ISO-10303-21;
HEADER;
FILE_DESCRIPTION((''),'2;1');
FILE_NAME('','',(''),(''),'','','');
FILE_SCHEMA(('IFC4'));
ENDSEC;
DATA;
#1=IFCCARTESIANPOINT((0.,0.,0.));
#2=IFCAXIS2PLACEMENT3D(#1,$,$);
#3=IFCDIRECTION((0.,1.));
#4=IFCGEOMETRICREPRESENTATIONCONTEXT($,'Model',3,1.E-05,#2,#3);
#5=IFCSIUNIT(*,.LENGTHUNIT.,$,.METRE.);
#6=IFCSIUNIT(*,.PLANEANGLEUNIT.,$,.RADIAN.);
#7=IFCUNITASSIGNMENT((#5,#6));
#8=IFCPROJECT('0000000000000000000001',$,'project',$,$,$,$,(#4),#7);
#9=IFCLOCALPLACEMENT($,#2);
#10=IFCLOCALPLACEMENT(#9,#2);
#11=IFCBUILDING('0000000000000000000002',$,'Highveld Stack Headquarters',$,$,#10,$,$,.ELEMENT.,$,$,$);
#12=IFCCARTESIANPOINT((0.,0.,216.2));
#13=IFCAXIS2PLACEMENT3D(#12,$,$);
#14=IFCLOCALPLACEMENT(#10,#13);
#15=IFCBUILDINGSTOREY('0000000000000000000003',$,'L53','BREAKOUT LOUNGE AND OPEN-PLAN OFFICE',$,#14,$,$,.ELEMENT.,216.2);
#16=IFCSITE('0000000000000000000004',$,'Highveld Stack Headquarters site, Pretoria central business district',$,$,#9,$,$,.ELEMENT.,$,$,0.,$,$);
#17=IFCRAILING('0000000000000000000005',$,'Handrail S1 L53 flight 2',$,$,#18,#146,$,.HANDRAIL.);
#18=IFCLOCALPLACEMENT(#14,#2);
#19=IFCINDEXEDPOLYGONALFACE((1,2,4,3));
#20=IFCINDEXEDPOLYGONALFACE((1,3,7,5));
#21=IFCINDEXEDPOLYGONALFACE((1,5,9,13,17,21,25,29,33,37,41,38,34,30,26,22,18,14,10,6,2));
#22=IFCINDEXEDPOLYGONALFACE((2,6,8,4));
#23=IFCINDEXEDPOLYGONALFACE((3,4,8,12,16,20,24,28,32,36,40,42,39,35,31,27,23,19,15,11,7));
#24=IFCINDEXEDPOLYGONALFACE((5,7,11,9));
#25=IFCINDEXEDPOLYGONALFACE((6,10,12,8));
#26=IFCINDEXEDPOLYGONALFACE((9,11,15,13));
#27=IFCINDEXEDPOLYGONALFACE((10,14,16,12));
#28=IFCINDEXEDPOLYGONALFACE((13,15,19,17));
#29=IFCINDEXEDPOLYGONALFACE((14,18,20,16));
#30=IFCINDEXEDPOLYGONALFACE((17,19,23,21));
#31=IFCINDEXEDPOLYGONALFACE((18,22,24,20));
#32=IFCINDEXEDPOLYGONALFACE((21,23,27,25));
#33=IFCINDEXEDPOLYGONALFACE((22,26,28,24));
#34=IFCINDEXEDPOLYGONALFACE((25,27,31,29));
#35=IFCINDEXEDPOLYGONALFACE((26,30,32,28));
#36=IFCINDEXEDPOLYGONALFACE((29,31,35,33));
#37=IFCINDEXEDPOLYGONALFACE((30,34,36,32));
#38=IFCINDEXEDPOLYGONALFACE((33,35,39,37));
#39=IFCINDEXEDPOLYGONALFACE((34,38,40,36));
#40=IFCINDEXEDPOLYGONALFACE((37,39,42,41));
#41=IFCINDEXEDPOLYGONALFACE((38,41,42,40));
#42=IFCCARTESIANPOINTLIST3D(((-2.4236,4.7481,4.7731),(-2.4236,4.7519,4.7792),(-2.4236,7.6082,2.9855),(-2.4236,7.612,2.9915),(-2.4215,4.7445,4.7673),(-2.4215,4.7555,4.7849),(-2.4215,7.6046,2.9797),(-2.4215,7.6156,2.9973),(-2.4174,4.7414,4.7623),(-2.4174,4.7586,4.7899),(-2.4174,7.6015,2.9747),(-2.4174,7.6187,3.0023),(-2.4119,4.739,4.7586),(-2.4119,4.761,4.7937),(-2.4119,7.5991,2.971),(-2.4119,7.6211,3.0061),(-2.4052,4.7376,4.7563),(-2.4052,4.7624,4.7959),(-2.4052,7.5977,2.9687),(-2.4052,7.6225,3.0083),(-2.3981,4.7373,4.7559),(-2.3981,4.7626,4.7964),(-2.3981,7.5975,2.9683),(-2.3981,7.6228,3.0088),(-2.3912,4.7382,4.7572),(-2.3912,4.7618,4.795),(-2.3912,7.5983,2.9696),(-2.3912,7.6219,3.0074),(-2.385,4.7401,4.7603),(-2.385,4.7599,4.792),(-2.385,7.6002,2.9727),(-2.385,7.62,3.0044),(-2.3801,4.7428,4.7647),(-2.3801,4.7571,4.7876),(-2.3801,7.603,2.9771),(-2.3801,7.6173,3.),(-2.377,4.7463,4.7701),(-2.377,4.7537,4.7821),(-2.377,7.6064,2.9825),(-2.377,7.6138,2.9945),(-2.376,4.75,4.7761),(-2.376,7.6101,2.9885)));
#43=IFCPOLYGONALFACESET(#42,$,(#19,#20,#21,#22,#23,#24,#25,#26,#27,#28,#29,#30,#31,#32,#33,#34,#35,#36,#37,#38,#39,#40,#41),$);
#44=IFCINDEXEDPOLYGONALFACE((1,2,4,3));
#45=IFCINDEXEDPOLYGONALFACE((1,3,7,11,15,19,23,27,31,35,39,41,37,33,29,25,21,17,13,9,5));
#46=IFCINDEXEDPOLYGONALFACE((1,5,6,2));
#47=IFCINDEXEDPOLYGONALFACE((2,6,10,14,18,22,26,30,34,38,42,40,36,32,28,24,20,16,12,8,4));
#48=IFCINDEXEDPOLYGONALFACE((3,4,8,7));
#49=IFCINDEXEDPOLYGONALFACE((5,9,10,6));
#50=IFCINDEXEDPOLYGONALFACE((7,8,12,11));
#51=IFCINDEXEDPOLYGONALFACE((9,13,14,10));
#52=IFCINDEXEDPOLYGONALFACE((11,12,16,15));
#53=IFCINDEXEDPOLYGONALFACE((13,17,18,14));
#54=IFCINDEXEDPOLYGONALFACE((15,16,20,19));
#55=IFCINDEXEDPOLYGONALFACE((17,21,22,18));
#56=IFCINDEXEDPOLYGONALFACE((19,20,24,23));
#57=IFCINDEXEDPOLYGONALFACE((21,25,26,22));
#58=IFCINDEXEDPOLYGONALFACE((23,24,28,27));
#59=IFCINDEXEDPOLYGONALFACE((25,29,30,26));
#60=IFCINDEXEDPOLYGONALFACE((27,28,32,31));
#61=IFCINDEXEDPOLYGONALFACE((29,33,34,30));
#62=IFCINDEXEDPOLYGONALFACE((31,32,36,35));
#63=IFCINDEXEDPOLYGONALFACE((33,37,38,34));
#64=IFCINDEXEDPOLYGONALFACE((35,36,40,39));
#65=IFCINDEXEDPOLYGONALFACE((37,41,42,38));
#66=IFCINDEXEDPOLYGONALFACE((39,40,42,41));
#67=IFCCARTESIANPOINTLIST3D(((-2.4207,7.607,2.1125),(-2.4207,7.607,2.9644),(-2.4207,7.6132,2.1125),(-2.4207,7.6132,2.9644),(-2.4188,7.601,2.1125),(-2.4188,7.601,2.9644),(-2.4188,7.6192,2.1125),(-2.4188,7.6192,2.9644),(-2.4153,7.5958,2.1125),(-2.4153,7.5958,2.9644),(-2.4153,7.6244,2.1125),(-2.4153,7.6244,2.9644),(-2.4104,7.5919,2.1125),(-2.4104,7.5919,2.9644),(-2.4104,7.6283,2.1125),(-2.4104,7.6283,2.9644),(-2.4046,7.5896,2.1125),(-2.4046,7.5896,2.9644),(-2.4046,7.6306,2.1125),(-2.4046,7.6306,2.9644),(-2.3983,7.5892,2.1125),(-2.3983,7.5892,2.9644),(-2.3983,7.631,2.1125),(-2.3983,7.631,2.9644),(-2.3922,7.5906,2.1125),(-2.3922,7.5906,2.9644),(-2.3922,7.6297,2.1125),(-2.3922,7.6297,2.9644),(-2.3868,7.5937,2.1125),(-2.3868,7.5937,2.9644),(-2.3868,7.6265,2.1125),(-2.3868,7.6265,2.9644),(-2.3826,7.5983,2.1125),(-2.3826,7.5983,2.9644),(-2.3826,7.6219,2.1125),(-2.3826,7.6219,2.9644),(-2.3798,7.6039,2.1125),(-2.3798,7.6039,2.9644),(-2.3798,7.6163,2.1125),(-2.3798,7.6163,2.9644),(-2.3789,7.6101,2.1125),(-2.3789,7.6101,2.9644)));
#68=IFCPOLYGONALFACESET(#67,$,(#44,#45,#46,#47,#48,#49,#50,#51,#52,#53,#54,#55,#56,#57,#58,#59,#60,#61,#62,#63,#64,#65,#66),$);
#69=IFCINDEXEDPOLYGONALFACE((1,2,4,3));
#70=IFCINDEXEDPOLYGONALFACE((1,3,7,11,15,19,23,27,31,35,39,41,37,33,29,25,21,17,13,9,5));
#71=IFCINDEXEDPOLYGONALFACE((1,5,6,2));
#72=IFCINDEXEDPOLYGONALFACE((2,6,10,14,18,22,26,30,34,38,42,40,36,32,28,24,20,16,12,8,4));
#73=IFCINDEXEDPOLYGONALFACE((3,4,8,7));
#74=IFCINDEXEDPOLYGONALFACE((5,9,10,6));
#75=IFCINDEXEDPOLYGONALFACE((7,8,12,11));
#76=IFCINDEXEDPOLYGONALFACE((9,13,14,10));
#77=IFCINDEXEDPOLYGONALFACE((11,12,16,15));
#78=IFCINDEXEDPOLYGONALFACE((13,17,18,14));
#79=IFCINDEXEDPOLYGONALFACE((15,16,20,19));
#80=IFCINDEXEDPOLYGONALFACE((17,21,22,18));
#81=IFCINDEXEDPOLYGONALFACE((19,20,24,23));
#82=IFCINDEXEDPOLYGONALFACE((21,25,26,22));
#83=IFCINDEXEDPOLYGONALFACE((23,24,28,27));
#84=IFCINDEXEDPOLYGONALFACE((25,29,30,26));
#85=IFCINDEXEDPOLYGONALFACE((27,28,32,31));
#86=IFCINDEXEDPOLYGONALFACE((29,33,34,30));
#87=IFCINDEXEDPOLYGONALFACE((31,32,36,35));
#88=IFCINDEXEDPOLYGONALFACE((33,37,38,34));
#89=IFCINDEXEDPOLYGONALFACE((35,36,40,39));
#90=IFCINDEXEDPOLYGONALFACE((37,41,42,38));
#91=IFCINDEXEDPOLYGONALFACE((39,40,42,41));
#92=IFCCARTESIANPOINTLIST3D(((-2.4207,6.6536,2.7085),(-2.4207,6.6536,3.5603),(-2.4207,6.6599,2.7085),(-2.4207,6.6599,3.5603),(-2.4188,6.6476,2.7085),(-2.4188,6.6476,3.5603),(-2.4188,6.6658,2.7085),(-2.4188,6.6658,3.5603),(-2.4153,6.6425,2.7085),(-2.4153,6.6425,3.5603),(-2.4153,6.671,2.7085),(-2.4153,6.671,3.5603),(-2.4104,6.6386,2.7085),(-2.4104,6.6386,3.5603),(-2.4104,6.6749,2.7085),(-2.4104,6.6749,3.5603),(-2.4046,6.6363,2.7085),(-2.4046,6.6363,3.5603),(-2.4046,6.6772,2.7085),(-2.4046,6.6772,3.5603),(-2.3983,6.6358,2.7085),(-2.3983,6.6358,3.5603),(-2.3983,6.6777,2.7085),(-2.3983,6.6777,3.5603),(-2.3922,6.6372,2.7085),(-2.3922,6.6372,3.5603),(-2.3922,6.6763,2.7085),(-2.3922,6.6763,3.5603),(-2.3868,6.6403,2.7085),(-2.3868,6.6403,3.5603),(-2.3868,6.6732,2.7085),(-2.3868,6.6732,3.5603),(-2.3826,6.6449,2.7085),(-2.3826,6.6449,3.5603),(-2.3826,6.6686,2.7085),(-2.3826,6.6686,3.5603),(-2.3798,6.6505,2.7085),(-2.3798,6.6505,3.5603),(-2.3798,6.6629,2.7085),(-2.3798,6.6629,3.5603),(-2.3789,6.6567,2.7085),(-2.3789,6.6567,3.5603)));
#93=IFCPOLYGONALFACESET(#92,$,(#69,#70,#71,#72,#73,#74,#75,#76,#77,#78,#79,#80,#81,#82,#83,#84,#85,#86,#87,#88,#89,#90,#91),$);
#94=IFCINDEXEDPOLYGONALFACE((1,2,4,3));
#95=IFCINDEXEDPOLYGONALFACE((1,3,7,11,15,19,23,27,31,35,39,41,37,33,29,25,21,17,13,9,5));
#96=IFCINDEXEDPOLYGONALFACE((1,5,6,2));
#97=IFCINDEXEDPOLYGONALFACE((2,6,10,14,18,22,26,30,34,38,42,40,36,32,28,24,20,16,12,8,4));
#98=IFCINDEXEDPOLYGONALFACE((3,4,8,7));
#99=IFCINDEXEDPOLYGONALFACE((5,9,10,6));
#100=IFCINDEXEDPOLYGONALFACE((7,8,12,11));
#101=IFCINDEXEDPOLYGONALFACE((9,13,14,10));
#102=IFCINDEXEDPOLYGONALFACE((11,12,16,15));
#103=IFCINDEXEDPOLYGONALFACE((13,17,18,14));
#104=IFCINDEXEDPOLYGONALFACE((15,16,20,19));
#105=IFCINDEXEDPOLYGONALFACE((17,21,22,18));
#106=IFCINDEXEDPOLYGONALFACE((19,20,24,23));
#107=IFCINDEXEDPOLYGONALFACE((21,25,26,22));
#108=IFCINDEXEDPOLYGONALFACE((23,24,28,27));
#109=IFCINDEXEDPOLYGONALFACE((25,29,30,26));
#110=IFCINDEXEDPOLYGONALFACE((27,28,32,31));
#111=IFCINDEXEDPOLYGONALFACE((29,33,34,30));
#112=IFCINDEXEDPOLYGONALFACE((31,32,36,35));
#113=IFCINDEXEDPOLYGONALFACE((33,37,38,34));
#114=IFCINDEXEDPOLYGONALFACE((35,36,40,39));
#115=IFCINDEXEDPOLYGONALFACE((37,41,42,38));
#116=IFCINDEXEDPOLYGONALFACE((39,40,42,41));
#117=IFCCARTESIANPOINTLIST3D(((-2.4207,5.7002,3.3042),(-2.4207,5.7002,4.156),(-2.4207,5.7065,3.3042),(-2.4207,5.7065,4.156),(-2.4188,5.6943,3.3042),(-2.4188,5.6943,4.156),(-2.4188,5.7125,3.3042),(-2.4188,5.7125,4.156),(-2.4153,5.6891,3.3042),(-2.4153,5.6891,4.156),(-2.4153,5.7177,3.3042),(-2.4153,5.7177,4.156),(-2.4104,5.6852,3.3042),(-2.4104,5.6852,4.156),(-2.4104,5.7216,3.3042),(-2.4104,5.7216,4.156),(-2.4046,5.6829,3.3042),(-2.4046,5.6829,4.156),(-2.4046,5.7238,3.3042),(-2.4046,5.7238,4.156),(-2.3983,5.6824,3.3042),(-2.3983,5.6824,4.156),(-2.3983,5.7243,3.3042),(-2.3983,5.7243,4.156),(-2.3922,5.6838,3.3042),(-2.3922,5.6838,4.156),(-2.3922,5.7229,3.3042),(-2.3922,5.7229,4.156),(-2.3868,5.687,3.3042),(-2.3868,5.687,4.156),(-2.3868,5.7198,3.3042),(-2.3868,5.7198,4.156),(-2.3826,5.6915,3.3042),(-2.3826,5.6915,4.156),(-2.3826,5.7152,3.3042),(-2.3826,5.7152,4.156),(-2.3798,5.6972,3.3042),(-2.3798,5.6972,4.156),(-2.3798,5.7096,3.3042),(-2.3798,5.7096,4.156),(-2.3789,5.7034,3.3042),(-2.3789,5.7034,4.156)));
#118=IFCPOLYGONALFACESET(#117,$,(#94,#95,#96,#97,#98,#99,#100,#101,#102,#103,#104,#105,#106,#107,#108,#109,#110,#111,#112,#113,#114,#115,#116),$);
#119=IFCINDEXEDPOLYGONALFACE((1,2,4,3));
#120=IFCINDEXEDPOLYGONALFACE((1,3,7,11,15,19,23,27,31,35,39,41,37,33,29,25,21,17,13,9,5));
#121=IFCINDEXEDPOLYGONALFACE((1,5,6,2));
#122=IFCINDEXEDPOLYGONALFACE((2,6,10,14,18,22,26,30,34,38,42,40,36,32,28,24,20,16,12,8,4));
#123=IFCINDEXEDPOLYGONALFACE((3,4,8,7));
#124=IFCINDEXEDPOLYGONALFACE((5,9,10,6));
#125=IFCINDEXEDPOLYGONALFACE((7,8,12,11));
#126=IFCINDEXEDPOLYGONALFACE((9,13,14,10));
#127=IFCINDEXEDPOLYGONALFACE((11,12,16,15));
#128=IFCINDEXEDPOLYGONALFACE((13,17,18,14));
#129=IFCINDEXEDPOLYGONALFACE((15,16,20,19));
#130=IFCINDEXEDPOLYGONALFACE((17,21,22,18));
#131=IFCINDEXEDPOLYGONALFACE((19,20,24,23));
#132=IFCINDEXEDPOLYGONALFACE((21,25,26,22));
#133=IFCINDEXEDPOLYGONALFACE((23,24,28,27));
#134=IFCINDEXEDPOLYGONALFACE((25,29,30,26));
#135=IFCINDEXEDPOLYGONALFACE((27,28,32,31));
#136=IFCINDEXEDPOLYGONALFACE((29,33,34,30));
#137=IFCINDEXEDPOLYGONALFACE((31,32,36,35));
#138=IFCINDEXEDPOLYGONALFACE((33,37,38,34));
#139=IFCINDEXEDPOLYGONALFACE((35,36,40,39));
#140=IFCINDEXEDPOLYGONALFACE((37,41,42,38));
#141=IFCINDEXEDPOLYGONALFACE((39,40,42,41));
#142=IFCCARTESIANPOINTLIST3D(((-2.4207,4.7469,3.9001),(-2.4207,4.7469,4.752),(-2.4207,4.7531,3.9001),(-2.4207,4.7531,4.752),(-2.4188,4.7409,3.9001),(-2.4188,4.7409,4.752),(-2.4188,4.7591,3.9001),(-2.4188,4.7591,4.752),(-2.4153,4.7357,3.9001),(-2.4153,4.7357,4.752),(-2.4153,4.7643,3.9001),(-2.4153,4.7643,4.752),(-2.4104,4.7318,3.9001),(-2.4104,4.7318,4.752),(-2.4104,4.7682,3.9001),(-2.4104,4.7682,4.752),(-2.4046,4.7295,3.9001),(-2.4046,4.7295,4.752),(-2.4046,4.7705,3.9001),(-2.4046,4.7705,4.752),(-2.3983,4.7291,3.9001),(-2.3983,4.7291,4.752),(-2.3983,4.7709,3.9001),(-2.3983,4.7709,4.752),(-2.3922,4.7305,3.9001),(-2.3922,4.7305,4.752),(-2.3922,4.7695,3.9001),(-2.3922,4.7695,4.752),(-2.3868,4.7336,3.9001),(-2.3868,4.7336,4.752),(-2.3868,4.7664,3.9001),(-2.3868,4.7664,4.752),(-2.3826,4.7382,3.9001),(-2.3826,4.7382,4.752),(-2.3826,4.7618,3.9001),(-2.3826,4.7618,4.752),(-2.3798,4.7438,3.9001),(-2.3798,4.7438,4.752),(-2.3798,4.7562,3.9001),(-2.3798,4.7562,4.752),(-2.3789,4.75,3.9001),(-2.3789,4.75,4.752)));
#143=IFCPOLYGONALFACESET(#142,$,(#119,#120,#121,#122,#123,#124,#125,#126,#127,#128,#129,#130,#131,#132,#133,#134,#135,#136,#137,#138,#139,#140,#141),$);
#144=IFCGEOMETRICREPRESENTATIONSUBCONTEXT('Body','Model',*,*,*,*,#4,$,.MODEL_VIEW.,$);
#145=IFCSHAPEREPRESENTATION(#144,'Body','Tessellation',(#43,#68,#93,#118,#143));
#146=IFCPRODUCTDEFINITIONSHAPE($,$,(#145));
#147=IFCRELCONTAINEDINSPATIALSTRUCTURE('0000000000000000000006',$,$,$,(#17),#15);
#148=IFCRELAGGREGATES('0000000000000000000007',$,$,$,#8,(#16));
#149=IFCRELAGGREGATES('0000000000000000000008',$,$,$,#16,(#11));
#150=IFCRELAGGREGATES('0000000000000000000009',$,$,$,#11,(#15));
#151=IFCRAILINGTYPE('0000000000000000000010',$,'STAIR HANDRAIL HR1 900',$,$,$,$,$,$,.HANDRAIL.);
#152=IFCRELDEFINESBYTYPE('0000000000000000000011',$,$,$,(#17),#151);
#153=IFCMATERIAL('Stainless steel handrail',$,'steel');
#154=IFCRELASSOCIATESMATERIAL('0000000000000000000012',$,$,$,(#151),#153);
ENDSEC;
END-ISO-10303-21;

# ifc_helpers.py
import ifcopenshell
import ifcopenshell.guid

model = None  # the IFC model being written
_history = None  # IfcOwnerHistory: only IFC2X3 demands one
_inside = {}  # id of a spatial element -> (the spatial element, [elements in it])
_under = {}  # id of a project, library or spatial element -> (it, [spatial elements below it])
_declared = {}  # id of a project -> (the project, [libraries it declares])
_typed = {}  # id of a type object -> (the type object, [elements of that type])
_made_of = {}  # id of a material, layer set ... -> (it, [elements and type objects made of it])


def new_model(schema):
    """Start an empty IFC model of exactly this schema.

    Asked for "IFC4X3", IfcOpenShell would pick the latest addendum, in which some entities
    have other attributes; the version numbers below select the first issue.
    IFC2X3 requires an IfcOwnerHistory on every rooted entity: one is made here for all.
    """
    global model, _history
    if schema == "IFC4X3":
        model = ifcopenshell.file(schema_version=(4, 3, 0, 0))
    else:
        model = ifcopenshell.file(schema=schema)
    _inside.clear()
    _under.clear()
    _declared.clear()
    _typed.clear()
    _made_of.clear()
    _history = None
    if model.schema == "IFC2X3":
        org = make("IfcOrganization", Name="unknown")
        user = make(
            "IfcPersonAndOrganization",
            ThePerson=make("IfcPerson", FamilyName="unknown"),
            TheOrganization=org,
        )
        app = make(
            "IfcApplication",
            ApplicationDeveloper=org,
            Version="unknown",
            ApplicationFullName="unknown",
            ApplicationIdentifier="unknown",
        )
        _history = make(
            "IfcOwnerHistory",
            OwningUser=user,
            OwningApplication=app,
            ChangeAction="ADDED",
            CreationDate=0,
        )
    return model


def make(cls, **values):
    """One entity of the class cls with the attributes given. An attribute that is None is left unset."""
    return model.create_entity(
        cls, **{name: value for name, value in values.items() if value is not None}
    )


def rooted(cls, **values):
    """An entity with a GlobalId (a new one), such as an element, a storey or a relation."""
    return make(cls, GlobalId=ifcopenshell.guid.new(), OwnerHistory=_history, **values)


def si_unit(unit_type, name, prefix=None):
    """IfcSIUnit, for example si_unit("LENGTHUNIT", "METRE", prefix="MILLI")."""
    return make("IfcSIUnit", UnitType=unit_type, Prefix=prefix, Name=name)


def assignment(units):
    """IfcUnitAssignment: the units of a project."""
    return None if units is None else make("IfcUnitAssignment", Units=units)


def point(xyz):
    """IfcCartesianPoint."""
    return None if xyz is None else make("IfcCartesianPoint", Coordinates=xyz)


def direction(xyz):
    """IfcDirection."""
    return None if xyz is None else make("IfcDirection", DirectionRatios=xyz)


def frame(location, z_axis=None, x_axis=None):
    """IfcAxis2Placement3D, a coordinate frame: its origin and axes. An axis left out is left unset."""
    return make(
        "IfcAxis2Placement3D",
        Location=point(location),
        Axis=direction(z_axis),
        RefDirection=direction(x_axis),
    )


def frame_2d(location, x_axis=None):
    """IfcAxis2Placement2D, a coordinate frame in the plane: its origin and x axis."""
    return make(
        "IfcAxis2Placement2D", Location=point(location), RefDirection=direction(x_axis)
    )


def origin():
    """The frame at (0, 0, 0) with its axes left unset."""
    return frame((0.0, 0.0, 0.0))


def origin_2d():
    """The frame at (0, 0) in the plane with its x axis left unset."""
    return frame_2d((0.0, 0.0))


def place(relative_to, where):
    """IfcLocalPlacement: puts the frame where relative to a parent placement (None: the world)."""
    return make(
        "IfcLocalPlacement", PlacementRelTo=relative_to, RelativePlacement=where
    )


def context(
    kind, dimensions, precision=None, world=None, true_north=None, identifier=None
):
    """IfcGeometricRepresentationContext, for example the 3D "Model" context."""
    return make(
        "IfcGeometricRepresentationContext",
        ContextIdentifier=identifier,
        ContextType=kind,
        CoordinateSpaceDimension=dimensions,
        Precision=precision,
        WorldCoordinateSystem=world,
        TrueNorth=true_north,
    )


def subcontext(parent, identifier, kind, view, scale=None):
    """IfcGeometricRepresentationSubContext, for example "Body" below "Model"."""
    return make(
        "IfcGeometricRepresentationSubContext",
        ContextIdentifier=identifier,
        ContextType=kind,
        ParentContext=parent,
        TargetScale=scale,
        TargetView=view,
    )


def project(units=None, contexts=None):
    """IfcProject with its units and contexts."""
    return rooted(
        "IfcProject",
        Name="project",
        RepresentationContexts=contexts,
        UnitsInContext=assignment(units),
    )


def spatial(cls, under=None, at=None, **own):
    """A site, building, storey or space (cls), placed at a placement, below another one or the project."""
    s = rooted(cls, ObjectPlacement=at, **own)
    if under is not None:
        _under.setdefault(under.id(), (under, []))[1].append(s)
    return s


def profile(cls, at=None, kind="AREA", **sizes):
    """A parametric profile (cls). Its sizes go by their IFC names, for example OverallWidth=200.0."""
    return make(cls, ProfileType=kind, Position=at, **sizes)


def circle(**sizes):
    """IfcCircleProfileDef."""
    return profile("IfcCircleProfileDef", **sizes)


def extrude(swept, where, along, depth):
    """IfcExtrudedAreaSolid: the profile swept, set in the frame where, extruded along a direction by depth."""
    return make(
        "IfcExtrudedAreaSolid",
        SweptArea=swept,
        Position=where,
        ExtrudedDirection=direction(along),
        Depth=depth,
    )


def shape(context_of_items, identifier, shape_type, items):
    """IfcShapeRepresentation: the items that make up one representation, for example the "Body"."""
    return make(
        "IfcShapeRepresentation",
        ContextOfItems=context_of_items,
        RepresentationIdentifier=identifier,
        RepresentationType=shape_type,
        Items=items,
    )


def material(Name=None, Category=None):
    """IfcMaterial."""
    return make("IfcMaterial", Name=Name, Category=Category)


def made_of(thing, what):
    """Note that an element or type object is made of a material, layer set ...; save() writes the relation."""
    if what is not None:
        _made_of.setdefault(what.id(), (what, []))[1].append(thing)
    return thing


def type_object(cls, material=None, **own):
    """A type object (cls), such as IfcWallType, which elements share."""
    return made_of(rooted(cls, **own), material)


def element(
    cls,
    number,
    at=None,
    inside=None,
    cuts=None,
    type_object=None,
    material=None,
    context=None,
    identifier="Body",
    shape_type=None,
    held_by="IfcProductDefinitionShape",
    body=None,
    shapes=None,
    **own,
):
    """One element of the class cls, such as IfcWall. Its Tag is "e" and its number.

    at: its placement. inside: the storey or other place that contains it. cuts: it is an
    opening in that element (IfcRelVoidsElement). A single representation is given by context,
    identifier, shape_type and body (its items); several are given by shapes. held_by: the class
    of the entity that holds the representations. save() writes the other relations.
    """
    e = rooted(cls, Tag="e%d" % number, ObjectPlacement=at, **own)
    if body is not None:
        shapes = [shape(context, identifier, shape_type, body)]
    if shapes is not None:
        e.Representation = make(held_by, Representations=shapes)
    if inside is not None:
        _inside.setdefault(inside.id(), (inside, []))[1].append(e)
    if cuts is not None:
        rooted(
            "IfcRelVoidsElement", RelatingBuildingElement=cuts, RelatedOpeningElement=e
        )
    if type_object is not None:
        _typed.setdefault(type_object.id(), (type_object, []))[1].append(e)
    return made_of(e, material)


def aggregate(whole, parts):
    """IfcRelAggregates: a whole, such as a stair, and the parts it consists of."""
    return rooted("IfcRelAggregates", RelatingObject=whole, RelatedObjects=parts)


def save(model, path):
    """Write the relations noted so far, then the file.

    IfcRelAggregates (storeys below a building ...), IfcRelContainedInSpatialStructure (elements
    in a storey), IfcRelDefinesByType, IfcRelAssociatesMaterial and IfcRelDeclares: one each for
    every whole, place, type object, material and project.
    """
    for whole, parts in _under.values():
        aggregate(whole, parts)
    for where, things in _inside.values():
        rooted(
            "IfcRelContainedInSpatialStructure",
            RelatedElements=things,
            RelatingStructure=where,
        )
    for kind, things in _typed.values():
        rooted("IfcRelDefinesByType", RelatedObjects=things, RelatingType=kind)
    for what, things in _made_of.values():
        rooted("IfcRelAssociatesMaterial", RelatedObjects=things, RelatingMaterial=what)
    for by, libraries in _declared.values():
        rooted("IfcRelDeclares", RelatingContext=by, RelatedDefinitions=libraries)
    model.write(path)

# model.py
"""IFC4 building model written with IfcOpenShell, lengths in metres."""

from ifc_helpers import new_model, si_unit, direction, frame, origin, origin_2d, place, context, subcontext, project, spatial, circle, extrude, material, type_object, element, save


model = new_model("IFC4")

# Units and contexts
model_context = context("Model", 3, precision=1e-05, world=origin(), true_north=direction((0.0, 1.0)))
body_context = subcontext(model_context, "Body", "Model", "MODEL_VIEW")
ifc_project = project(units=[si_unit("LENGTHUNIT", "METRE"), si_unit("PLANEANGLEUNIT", "RADIAN")], contexts=[model_context])

# Site, building, storey
site_placement = place(None, origin())
site = spatial("IfcSite", under=ifc_project, at=site_placement, Name="Highveld Stack Headquarters site, Pretoria central business district", CompositionType="ELEMENT", RefElevation=0.0)
building_placement = place(site_placement, origin())
building = spatial("IfcBuilding", under=site, at=building_placement, Name="Highveld Stack Headquarters", CompositionType="ELEMENT")
storey_placement = place(building_placement, frame((0.0, 0.0, 216.2)))
storey = spatial("IfcBuildingStorey", under=building, at=storey_placement, Name="L53", Description="BREAKOUT LOUNGE AND OPEN-PLAN OFFICE", CompositionType="ELEMENT", Elevation=216.2)

# Railing
ifc_material_1 = material(Name="Stainless steel handrail", Category="steel")
railing_type = type_object("IfcRailingType", Name="STAIR HANDRAIL HR1 900", PredefinedType="HANDRAIL", material=ifc_material_1)
for number, where, name in (
    (1, (-2.3999, 7.6101, 2.1125), "Handrail S1 L53 flight 2"),
):
    element("IfcRailing", number, at=place(storey_placement, frame(where)), inside=storey, type_object=railing_type, Name=name, PredefinedType="HANDRAIL", context=body_context, shape_type="SweptSolid", body=[
        extrude(circle(Radius=0.0239, at=origin_2d()), frame((0.0, 0.0, 0.876), z_axis=(0.0, -0.847994, 0.530005), x_axis=(1.0, 0.0, 0.0)), (0.0, 0.0, 1.0), 3.3728),
        extrude(circle(Radius=0.021, at=origin_2d()), origin(), (0.0, 0.0, 1.0), 0.8518),
        extrude(circle(Radius=0.021, at=origin_2d()), frame((0.0, -0.9534, 0.5959)), (0.0, 0.0, 1.0), 0.8518),
        extrude(circle(Radius=0.021, at=origin_2d()), frame((0.0, -1.9067, 1.1917)), (0.0, 0.0, 1.0), 0.8518),
        extrude(circle(Radius=0.021, at=origin_2d()), frame((0.0, -2.8601, 1.7876)), (0.0, 0.0, 1.0), 0.8518),
    ])

save(model, "model.ifc")
